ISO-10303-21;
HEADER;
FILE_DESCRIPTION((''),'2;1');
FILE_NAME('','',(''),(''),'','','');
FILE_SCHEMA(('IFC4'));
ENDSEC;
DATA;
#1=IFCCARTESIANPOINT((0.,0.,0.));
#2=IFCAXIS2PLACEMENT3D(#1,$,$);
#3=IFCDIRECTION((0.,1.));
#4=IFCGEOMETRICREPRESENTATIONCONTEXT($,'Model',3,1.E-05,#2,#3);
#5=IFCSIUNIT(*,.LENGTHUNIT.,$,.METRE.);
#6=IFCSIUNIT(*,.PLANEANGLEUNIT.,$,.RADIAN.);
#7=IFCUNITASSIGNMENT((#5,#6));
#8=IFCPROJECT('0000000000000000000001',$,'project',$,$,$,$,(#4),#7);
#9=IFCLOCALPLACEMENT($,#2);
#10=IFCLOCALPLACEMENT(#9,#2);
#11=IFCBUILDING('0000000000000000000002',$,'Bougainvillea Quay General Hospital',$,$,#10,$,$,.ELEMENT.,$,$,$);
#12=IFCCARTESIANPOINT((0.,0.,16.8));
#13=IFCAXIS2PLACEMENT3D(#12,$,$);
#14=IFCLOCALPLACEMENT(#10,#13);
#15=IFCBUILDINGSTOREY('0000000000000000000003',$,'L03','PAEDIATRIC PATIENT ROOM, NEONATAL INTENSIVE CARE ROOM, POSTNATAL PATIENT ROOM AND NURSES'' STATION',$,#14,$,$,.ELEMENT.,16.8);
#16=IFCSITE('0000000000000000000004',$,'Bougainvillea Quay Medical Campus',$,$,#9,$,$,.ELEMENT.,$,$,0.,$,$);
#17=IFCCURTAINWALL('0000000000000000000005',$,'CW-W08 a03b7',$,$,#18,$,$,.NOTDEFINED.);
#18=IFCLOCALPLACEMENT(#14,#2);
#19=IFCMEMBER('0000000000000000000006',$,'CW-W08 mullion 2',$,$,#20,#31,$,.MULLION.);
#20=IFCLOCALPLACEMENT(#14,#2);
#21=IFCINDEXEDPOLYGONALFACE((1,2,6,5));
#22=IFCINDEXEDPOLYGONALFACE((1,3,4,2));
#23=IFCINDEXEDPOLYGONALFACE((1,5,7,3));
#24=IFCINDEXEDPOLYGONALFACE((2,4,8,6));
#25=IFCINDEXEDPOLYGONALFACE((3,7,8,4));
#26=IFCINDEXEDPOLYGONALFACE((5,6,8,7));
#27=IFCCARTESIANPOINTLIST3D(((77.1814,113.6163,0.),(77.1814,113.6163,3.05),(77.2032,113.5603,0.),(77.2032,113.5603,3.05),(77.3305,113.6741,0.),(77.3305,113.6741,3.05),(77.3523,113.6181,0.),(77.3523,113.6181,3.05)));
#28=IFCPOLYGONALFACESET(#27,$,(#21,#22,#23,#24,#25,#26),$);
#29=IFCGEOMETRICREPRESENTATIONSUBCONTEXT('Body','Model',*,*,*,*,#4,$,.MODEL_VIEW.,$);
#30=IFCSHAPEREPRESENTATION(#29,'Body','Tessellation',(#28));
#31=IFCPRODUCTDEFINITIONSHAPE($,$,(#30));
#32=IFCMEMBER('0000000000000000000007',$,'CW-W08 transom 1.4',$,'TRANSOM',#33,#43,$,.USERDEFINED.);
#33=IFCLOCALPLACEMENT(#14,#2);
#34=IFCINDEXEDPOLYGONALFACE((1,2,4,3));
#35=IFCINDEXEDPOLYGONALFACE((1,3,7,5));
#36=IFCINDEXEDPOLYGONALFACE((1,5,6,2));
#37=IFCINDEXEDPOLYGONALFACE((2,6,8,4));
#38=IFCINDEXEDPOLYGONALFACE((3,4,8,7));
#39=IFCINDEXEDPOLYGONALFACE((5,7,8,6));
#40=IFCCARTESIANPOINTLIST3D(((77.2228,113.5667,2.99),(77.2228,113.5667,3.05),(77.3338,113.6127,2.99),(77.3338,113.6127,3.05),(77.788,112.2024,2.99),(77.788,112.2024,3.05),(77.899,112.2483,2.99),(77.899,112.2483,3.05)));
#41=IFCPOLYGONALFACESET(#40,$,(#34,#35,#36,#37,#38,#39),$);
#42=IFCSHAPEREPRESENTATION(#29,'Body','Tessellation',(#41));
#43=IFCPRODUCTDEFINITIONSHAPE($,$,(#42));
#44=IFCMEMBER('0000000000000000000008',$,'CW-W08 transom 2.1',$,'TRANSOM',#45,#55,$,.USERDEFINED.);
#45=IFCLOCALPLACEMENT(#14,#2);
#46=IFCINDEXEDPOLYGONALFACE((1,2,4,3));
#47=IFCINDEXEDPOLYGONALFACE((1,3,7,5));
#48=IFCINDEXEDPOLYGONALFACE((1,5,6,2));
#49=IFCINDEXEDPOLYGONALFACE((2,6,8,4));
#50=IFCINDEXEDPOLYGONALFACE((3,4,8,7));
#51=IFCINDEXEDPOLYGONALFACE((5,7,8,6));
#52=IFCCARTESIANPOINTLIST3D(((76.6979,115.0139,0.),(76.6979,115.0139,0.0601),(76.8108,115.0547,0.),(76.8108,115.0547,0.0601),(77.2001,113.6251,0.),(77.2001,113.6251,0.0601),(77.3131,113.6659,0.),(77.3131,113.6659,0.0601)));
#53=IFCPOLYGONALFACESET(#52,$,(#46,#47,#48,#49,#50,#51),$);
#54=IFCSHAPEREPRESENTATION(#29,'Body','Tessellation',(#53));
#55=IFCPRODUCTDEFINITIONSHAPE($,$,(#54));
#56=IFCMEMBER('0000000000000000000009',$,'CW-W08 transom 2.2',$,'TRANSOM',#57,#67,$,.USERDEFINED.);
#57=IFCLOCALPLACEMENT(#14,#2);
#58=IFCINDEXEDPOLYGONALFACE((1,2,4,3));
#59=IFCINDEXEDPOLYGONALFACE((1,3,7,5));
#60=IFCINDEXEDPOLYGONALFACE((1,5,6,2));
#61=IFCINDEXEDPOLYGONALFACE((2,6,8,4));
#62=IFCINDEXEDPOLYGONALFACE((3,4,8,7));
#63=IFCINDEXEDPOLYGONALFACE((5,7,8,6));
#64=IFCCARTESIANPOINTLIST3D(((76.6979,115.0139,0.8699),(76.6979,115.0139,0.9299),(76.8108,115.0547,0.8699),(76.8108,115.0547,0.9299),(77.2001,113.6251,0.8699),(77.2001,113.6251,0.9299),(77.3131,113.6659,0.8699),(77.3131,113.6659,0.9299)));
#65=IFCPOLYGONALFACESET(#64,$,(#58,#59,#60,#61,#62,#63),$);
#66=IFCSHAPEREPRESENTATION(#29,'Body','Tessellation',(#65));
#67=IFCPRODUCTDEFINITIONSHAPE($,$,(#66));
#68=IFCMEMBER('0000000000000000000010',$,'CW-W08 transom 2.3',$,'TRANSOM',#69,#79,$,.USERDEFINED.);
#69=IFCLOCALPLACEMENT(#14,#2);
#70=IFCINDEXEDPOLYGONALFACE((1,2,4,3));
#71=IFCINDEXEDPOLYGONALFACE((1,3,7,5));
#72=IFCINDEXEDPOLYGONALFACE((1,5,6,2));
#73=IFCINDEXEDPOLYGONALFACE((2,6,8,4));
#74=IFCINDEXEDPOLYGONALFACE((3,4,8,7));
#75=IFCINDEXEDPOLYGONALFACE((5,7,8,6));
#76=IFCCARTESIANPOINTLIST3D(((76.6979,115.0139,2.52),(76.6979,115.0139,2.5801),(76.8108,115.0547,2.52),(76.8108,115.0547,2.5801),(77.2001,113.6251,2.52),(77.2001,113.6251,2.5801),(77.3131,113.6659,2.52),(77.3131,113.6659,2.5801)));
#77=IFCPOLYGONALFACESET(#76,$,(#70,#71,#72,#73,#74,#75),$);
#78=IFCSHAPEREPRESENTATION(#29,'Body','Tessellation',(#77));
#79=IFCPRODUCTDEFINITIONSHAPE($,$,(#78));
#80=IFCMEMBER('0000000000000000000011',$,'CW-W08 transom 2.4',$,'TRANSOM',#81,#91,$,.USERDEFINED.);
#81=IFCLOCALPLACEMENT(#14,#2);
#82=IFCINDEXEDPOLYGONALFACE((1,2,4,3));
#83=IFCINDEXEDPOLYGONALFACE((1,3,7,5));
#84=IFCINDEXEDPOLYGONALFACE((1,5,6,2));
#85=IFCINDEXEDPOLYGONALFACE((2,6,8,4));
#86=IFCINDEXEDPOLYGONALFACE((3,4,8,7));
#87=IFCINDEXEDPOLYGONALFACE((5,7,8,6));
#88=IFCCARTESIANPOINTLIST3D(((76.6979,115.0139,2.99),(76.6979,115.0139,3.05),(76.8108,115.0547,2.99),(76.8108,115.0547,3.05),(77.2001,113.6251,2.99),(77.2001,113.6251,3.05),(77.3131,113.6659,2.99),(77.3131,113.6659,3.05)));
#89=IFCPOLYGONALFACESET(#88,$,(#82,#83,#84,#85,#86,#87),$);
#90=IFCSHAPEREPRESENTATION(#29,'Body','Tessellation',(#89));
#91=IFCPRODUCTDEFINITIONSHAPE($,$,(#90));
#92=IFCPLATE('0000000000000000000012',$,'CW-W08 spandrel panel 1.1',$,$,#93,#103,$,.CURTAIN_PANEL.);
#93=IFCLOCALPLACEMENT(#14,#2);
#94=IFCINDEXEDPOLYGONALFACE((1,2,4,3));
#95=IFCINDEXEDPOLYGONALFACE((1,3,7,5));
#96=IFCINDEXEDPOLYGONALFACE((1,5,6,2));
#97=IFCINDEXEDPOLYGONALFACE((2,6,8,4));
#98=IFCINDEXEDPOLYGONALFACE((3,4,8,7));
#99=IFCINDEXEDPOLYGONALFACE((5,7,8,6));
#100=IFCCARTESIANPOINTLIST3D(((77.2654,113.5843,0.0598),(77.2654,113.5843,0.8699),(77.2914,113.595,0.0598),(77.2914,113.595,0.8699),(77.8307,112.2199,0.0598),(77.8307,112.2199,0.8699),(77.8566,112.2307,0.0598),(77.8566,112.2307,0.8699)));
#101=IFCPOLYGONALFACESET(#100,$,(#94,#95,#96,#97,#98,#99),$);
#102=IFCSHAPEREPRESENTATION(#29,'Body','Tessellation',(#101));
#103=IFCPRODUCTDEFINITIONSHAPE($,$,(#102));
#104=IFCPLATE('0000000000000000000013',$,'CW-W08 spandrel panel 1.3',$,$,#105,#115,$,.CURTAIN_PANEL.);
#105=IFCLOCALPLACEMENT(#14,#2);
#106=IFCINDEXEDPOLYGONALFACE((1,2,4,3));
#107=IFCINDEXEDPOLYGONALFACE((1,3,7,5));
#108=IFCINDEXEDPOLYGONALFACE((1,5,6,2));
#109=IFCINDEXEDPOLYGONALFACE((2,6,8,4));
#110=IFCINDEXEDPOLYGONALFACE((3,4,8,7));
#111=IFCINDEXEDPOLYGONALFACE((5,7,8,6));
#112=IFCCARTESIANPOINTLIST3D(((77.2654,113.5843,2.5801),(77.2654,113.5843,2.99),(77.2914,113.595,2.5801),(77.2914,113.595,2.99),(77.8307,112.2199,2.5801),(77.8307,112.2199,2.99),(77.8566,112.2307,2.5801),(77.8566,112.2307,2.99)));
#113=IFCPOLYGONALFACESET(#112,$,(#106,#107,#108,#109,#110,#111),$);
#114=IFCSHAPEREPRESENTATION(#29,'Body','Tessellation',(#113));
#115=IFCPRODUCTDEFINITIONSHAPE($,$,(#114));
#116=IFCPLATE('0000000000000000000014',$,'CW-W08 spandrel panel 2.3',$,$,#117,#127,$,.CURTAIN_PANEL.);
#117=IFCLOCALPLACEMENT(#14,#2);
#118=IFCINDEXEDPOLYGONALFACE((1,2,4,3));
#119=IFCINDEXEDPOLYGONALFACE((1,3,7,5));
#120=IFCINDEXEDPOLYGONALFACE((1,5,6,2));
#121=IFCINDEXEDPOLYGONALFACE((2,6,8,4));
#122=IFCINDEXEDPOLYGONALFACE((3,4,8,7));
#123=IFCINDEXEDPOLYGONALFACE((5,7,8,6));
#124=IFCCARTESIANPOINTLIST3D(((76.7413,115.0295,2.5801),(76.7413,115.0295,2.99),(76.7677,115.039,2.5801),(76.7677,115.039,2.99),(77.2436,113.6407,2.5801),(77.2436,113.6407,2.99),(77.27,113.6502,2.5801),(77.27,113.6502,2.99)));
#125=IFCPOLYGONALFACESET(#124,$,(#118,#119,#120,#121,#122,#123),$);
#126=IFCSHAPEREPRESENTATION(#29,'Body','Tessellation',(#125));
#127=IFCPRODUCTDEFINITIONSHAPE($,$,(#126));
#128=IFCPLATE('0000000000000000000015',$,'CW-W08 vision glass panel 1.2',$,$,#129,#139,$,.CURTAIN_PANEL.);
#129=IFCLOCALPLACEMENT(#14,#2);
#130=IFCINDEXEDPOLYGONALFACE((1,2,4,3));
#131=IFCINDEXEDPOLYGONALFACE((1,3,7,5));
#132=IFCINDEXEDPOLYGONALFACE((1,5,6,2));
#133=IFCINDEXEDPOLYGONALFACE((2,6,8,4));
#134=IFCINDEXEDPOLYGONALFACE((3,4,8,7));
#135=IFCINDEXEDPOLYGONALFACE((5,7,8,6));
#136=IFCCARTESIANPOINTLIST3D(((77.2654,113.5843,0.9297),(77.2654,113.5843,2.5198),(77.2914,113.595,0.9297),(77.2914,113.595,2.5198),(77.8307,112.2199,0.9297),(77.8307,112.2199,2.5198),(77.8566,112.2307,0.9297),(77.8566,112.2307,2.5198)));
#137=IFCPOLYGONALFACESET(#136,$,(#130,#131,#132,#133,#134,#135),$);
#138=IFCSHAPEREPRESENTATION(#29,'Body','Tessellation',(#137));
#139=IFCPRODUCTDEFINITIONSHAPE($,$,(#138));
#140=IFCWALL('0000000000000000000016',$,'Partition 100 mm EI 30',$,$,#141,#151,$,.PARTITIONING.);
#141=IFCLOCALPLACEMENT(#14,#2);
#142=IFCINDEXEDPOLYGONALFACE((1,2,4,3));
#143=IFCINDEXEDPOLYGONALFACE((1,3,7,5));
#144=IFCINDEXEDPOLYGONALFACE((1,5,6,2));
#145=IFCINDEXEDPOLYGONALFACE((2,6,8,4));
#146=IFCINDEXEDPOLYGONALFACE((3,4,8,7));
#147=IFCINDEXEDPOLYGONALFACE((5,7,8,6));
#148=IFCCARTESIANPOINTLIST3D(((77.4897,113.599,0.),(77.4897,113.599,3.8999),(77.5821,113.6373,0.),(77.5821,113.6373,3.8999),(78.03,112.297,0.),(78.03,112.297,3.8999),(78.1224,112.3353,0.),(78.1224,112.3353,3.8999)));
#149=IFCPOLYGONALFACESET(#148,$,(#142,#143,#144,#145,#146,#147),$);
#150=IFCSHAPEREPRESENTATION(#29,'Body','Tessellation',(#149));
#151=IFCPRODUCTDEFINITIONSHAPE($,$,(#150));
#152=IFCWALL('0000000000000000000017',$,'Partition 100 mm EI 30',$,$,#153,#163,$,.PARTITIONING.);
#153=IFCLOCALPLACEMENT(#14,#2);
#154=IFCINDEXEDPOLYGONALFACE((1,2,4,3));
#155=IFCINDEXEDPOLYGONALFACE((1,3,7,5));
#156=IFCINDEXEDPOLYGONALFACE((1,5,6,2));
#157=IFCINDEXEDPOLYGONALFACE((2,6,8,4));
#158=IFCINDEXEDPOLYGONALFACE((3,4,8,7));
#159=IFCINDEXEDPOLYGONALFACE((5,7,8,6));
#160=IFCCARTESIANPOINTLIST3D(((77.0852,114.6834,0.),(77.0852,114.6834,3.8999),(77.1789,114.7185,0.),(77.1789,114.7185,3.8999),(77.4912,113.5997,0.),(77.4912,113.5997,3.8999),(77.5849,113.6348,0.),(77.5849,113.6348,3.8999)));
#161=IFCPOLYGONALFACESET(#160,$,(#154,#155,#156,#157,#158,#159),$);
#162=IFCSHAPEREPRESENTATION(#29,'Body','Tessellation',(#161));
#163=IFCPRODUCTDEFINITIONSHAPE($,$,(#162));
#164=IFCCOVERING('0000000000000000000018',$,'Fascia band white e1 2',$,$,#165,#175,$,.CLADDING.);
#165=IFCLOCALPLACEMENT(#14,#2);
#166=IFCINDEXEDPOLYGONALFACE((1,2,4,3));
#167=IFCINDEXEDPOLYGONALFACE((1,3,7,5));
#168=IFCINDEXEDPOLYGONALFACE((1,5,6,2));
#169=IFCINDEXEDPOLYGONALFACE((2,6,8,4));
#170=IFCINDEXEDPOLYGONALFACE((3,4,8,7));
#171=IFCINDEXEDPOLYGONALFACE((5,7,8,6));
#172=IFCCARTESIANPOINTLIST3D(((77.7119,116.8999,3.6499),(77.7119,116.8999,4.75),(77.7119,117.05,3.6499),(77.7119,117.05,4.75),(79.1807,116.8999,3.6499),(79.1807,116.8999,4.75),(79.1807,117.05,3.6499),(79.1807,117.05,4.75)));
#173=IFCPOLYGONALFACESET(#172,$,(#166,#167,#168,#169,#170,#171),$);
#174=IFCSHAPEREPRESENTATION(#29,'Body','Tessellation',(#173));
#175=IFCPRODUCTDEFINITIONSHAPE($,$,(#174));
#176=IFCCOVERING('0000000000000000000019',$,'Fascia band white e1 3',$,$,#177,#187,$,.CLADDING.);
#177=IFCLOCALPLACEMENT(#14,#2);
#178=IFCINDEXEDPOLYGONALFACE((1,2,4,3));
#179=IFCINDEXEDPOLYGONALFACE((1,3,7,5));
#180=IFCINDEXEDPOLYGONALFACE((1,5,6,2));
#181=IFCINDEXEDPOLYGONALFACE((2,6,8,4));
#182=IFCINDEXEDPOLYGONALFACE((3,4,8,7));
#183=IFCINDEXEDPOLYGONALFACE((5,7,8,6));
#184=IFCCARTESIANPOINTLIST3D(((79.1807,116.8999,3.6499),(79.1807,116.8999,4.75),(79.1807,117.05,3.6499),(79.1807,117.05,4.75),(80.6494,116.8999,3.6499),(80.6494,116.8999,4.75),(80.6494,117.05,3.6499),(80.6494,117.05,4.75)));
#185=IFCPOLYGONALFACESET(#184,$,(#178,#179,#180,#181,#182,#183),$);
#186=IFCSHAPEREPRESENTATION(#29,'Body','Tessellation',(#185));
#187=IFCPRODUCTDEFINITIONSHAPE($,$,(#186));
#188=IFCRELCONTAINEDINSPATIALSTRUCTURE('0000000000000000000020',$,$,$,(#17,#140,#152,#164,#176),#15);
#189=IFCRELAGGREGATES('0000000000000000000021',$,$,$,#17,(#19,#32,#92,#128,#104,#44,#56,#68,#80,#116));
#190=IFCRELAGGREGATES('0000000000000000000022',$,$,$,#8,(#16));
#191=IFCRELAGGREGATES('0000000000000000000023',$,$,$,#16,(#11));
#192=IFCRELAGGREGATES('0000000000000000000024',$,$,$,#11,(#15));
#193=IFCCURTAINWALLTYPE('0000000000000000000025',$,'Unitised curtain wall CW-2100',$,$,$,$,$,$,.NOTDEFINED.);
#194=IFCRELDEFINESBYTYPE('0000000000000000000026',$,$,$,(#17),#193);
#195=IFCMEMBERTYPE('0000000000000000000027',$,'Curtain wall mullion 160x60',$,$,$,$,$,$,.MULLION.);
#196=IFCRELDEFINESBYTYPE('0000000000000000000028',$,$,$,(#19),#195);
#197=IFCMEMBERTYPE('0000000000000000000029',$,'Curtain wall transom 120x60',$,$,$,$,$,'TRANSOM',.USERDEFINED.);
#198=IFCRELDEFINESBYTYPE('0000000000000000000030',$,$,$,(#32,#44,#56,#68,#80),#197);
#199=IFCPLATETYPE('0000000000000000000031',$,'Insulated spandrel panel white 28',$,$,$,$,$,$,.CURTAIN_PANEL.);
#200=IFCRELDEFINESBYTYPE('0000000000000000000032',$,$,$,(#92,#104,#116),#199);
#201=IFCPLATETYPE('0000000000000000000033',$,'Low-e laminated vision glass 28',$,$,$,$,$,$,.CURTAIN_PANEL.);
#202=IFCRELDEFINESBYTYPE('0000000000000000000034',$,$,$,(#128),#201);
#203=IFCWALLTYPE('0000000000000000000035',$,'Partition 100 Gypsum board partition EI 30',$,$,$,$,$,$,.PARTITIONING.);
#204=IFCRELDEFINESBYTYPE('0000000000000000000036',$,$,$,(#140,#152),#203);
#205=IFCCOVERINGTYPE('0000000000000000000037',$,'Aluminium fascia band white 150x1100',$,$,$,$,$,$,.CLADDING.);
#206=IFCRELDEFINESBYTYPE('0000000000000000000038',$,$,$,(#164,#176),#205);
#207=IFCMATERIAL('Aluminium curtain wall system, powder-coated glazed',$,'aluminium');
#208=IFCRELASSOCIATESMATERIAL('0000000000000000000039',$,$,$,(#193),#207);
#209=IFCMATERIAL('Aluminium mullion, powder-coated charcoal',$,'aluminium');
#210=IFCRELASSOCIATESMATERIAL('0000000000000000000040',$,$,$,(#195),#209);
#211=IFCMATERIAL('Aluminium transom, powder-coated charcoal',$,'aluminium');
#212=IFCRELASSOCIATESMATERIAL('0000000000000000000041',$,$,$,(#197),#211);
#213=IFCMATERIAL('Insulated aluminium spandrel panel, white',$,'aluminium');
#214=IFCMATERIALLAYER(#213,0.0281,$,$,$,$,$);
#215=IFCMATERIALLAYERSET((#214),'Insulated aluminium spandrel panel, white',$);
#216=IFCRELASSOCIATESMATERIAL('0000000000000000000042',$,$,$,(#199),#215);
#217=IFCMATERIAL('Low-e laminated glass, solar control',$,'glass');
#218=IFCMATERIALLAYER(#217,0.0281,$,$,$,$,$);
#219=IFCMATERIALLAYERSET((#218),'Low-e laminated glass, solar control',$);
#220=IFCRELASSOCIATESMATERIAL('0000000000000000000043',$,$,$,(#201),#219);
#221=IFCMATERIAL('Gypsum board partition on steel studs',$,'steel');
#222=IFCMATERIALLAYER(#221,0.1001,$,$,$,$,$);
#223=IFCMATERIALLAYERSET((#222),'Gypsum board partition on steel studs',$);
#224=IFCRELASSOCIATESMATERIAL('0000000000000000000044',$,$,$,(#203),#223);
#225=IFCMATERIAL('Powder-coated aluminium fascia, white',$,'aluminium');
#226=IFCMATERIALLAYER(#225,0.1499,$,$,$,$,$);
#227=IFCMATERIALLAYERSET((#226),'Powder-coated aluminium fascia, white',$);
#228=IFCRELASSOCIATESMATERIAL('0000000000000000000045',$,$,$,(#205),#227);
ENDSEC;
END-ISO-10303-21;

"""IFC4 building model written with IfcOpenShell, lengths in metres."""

from ifc_helpers import new_model, si_unit, direction, frame, frame_2d, origin, origin_2d, place, context, subcontext, project, spatial, polyline, rectangle, outline, extrude, material, layer, layer_set, material_profile, profile_set, type_object, element, aggregate, save


model = new_model("IFC4")

# Units and contexts
model_context = context("Model", 3, precision=1e-05, world=origin(), true_north=direction((0.0, 1.0)))
body_context = subcontext(model_context, "Body", "Model", "MODEL_VIEW")
ifc_project = project(units=[si_unit("LENGTHUNIT", "METRE"), si_unit("PLANEANGLEUNIT", "RADIAN")], contexts=[model_context])

# Site, building, storey
site_placement = place(None, origin())
site = spatial("IfcSite", under=ifc_project, at=site_placement, Name="Bougainvillea Quay Medical Campus", CompositionType="ELEMENT", RefElevation=0.0)
building_placement = place(site_placement, origin())
building = spatial("IfcBuilding", under=site, at=building_placement, Name="Bougainvillea Quay General Hospital", CompositionType="ELEMENT")
storey_placement = place(building_placement, frame((0.0, 0.0, 16.8)))
storey = spatial("IfcBuildingStorey", under=building, at=storey_placement, Name="L03", Description="PAEDIATRIC PATIENT ROOM, NEONATAL INTENSIVE CARE ROOM, POSTNATAL PATIENT ROOM AND NURSES' STATION", CompositionType="ELEMENT", Elevation=16.8)

# Curtain wall, members, plates
ifc_material_1 = material(Name="Aluminium curtain wall system, powder-coated glazed", Category="aluminium")
curtain_wall_type = type_object("IfcCurtainWallType", Name="Unitised curtain wall CW-2100", PredefinedType="NOTDEFINED", material=ifc_material_1)
curtain_wall_placement = place(storey_placement, origin())
curtain_wall = element("IfcCurtainWall", 1, at=curtain_wall_placement, inside=storey, type_object=curtain_wall_type, Name="CW-W08 a03b7", PredefinedType="NOTDEFINED")
ifc_material_2 = material(Name="Aluminium mullion, powder-coated charcoal", Category="aluminium")
ifc_material_profile_1 = material_profile(ifc_material_2, rectangle(XDim=0.1599, YDim=0.0601, at=origin_2d()))
ifc_profile_set_1 = profile_set([ifc_material_profile_1], Name="Aluminium mullion, powder-coated charcoal")
member_type_1 = type_object("IfcMemberType", Name="Curtain wall mullion 160x60", PredefinedType="MULLION", material=ifc_profile_set_1)
member_1_placement = place(storey_placement, frame((77.2668, 113.6172, 0.0), z_axis=(0.0, 0.0, 1.0), x_axis=(-0.932357, -0.36154, 0.0)))
member_1 = element("IfcMember", 2, at=member_1_placement, type_object=member_type_1, Name="CW-W08 mullion 2", PredefinedType="MULLION", context=body_context, shape_type="SweptSolid", body=[
    extrude(rectangle(XDim=0.1599, YDim=0.0601, at=origin_2d()), origin(), (0.0, 0.0, 1.0), 3.05),
])
ifc_material_3 = material(Name="Aluminium transom, powder-coated charcoal", Category="aluminium")
ifc_material_profile_2 = material_profile(ifc_material_3, rectangle(XDim=0.1201, YDim=0.0601, at=origin_2d()))
ifc_profile_set_2 = profile_set([ifc_material_profile_2], Name="Aluminium transom, powder-coated charcoal")
member_type_2 = type_object("IfcMemberType", Name="Curtain wall transom 120x60", ElementType="TRANSOM", PredefinedType="USERDEFINED", material=ifc_profile_set_2)
member_2_placement = place(storey_placement, frame((77.8435, 112.2253, 3.02), z_axis=(-0.382736, 0.923858, 0.0), x_axis=(-0.923858, -0.382736, 0.0)))
member_2 = element("IfcMember", 3, at=member_2_placement, type_object=member_type_2, Name="CW-W08 transom 1.4", ObjectType="TRANSOM", PredefinedType="USERDEFINED", context=body_context, shape_type="SweptSolid", body=[
    extrude(rectangle(XDim=0.1201, YDim=0.0601, at=origin_2d()), origin(), (0.0, 0.0, 1.0), 1.4768),
])
member_3_placement = place(storey_placement, frame((77.2566, 113.6455, 0.03), z_axis=(-0.340083, 0.940395, 0.0), x_axis=(-0.940395, -0.340083, 0.0)))
member_3 = element("IfcMember", 4, at=member_3_placement, type_object=member_type_2, Name="CW-W08 transom 2.1", ObjectType="TRANSOM", PredefinedType="USERDEFINED", context=body_context, shape_type="SweptSolid", body=[
    extrude(rectangle(XDim=0.1201, YDim=0.0601, at=origin_2d()), origin(), (0.0, 0.0, 1.0), 1.4768),
])
member_4_placement = place(storey_placement, frame((77.2566, 113.6455, 0.8999), z_axis=(-0.340083, 0.940395, 0.0), x_axis=(-0.940395, -0.340083, 0.0)))
member_4 = element("IfcMember", 5, at=member_4_placement, type_object=member_type_2, Name="CW-W08 transom 2.2", ObjectType="TRANSOM", PredefinedType="USERDEFINED", context=body_context, shape_type="SweptSolid", body=[
    extrude(rectangle(XDim=0.1201, YDim=0.0601, at=origin_2d()), origin(), (0.0, 0.0, 1.0), 1.4768),
])
member_5_placement = place(storey_placement, frame((77.2566, 113.6455, 2.55), z_axis=(-0.340083, 0.940395, 0.0), x_axis=(-0.940395, -0.340083, 0.0)))
member_5 = element("IfcMember", 6, at=member_5_placement, type_object=member_type_2, Name="CW-W08 transom 2.3", ObjectType="TRANSOM", PredefinedType="USERDEFINED", context=body_context, shape_type="SweptSolid", body=[
    extrude(rectangle(XDim=0.1201, YDim=0.0601, at=origin_2d()), origin(), (0.0, 0.0, 1.0), 1.4768),
])
member_6_placement = place(storey_placement, frame((77.2566, 113.6455, 3.02), z_axis=(-0.340083, 0.940395, 0.0), x_axis=(-0.940395, -0.340083, 0.0)))
member_6 = element("IfcMember", 7, at=member_6_placement, type_object=member_type_2, Name="CW-W08 transom 2.4", ObjectType="TRANSOM", PredefinedType="USERDEFINED", context=body_context, shape_type="SweptSolid", body=[
    extrude(rectangle(XDim=0.1201, YDim=0.0601, at=origin_2d()), origin(), (0.0, 0.0, 1.0), 1.4768),
])
ifc_material_4 = material(Name="Insulated aluminium spandrel panel, white", Category="aluminium")
ifc_layer_1 = layer(ifc_material_4, 0.0281)
ifc_layer_set_1 = layer_set([ifc_layer_1], Name="Insulated aluminium spandrel panel, white")
plate_type_1 = type_object("IfcPlateType", Name="Insulated spandrel panel white 28", PredefinedType="CURTAIN_PANEL", material=ifc_layer_set_1)
plate_1_placement = place(storey_placement, frame((77.561, 112.9075, 0.0598), z_axis=(0.0, 0.0, 1.0), x_axis=(-0.38277, 0.923843, 0.0)))
plate_1 = element("IfcPlate", 8, at=plate_1_placement, type_object=plate_type_1, Name="CW-W08 spandrel panel 1.1", PredefinedType="CURTAIN_PANEL", context=body_context, shape_type="SweptSolid", body=[
    extrude(rectangle(XDim=1.4768, YDim=0.0281, at=origin_2d()), origin(), (0.0, 0.0, 1.0), 0.8101),
])
plate_2_placement = place(storey_placement, frame((77.561, 112.9075, 2.5801), z_axis=(0.0, 0.0, 1.0), x_axis=(-0.38277, 0.923843, 0.0)))
plate_2 = element("IfcPlate", 9, at=plate_2_placement, type_object=plate_type_1, Name="CW-W08 spandrel panel 1.3", PredefinedType="CURTAIN_PANEL", context=body_context, shape_type="SweptSolid", body=[
    extrude(rectangle(XDim=1.4768, YDim=0.0281, at=origin_2d()), origin(), (0.0, 0.0, 1.0), 0.4099),
])
plate_3_placement = place(storey_placement, frame((77.0056, 114.3398, 2.5801), z_axis=(0.0, 0.0, 1.0), x_axis=(-0.34012, 0.940382, 0.0)))
plate_3 = element("IfcPlate", 10, at=plate_3_placement, type_object=plate_type_1, Name="CW-W08 spandrel panel 2.3", PredefinedType="CURTAIN_PANEL", context=body_context, shape_type="SweptSolid", body=[
    extrude(rectangle(XDim=1.4768, YDim=0.0281, at=origin_2d()), origin(), (0.0, 0.0, 1.0), 0.4099),
])
ifc_material_5 = material(Name="Low-e laminated glass, solar control", Category="glass")
ifc_layer_2 = layer(ifc_material_5, 0.0281)
ifc_layer_set_2 = layer_set([ifc_layer_2], Name="Low-e laminated glass, solar control")
plate_type_2 = type_object("IfcPlateType", Name="Low-e laminated vision glass 28", PredefinedType="CURTAIN_PANEL", material=ifc_layer_set_2)
plate_4_placement = place(storey_placement, frame((77.561, 112.9075, 0.9297), z_axis=(0.0, 0.0, 1.0), x_axis=(-0.38277, 0.923843, 0.0)))
plate_4 = element("IfcPlate", 11, at=plate_4_placement, type_object=plate_type_2, Name="CW-W08 vision glass panel 1.2", PredefinedType="CURTAIN_PANEL", context=body_context, shape_type="SweptSolid", body=[
    extrude(rectangle(XDim=1.4768, YDim=0.0281, at=origin_2d()), origin(), (0.0, 0.0, 1.0), 1.5901),
])
aggregate(curtain_wall, [member_1, member_2, plate_1, plate_4, plate_2, member_3, member_4, member_5, member_6, plate_3])

# Walls
ifc_material_6 = material(Name="Gypsum board partition on steel studs", Category="steel")
ifc_layer_3 = layer(ifc_material_6, 0.1001)
ifc_layer_set_3 = layer_set([ifc_layer_3], Name="Gypsum board partition on steel studs")
wall_type = type_object("IfcWallType", Name="Partition 100 Gypsum board partition EI 30", PredefinedType="PARTITIONING", material=ifc_layer_set_3)
wall_1_placement = place(storey_placement, frame((77.5359, 113.6182, 0.0), z_axis=(0.0, 0.0, 1.0), x_axis=(0.383275, -0.923634, 0.0)))
element("IfcWall", 12, at=wall_1_placement, inside=storey, type_object=wall_type, Name="Partition 100 mm EI 30", PredefinedType="PARTITIONING", context=body_context, shape_type="SweptSolid", body=[
    extrude(rectangle(XDim=1.4097, YDim=0.1001, at=frame_2d((0.7048, 0.0))), origin(), (0.0, 0.0, 1.0), 3.8999),
])
wall_2_placement = place(storey_placement, frame((77.1321, 114.7009, 0.0), z_axis=(0.0, 0.0, 1.0), x_axis=(0.350823, -0.936442, 0.0)))
element("IfcWall", 13, at=wall_2_placement, inside=storey, type_object=wall_type, Name="Partition 100 mm EI 30", PredefinedType="PARTITIONING", context=body_context, shape_type="SweptSolid", body=[
    extrude(rectangle(XDim=1.1572, YDim=0.1001, at=frame_2d((0.5786, 0.0))), origin(), (0.0, 0.0, 1.0), 3.8999),
])

# Coverings
ifc_material_7 = material(Name="Powder-coated aluminium fascia, white", Category="aluminium")
ifc_layer_4 = layer(ifc_material_7, 0.1499)
ifc_layer_set_4 = layer_set([ifc_layer_4], Name="Powder-coated aluminium fascia, white")
covering_type_1 = type_object("IfcCoveringType", Name="Aluminium fascia band white 150x1100", PredefinedType="CLADDING", material=ifc_layer_set_4)
for number, where, z_axis, x_axis, name in (
    (14, (77.7119, 117.05, 3.6499), (0.0, 0.0, 1.0), (1.0, 0.0, 0.0), "Fascia band white e1 2"),
    (15, (79.1807, 117.05, 3.6499), (0.0, 0.0, 1.0), (1.0, 0.0, 0.0), "Fascia band white e1 3"),
):
    element("IfcCovering", number, at=place(storey_placement, frame(where, z_axis=z_axis, x_axis=x_axis)), inside=storey, type_object=covering_type_1, Name=name, PredefinedType="CLADDING", context=body_context, shape_type="SweptSolid", body=[
        extrude(outline(polyline([(0.0, 0.0), (1.4688, 0.0), (1.4688, -0.1501), (0.0, -0.1501), (0.0, 0.0)])), origin(), (0.0, 0.0, 1.0), 1.1001),
    ])

save(model, "model.ifc")
